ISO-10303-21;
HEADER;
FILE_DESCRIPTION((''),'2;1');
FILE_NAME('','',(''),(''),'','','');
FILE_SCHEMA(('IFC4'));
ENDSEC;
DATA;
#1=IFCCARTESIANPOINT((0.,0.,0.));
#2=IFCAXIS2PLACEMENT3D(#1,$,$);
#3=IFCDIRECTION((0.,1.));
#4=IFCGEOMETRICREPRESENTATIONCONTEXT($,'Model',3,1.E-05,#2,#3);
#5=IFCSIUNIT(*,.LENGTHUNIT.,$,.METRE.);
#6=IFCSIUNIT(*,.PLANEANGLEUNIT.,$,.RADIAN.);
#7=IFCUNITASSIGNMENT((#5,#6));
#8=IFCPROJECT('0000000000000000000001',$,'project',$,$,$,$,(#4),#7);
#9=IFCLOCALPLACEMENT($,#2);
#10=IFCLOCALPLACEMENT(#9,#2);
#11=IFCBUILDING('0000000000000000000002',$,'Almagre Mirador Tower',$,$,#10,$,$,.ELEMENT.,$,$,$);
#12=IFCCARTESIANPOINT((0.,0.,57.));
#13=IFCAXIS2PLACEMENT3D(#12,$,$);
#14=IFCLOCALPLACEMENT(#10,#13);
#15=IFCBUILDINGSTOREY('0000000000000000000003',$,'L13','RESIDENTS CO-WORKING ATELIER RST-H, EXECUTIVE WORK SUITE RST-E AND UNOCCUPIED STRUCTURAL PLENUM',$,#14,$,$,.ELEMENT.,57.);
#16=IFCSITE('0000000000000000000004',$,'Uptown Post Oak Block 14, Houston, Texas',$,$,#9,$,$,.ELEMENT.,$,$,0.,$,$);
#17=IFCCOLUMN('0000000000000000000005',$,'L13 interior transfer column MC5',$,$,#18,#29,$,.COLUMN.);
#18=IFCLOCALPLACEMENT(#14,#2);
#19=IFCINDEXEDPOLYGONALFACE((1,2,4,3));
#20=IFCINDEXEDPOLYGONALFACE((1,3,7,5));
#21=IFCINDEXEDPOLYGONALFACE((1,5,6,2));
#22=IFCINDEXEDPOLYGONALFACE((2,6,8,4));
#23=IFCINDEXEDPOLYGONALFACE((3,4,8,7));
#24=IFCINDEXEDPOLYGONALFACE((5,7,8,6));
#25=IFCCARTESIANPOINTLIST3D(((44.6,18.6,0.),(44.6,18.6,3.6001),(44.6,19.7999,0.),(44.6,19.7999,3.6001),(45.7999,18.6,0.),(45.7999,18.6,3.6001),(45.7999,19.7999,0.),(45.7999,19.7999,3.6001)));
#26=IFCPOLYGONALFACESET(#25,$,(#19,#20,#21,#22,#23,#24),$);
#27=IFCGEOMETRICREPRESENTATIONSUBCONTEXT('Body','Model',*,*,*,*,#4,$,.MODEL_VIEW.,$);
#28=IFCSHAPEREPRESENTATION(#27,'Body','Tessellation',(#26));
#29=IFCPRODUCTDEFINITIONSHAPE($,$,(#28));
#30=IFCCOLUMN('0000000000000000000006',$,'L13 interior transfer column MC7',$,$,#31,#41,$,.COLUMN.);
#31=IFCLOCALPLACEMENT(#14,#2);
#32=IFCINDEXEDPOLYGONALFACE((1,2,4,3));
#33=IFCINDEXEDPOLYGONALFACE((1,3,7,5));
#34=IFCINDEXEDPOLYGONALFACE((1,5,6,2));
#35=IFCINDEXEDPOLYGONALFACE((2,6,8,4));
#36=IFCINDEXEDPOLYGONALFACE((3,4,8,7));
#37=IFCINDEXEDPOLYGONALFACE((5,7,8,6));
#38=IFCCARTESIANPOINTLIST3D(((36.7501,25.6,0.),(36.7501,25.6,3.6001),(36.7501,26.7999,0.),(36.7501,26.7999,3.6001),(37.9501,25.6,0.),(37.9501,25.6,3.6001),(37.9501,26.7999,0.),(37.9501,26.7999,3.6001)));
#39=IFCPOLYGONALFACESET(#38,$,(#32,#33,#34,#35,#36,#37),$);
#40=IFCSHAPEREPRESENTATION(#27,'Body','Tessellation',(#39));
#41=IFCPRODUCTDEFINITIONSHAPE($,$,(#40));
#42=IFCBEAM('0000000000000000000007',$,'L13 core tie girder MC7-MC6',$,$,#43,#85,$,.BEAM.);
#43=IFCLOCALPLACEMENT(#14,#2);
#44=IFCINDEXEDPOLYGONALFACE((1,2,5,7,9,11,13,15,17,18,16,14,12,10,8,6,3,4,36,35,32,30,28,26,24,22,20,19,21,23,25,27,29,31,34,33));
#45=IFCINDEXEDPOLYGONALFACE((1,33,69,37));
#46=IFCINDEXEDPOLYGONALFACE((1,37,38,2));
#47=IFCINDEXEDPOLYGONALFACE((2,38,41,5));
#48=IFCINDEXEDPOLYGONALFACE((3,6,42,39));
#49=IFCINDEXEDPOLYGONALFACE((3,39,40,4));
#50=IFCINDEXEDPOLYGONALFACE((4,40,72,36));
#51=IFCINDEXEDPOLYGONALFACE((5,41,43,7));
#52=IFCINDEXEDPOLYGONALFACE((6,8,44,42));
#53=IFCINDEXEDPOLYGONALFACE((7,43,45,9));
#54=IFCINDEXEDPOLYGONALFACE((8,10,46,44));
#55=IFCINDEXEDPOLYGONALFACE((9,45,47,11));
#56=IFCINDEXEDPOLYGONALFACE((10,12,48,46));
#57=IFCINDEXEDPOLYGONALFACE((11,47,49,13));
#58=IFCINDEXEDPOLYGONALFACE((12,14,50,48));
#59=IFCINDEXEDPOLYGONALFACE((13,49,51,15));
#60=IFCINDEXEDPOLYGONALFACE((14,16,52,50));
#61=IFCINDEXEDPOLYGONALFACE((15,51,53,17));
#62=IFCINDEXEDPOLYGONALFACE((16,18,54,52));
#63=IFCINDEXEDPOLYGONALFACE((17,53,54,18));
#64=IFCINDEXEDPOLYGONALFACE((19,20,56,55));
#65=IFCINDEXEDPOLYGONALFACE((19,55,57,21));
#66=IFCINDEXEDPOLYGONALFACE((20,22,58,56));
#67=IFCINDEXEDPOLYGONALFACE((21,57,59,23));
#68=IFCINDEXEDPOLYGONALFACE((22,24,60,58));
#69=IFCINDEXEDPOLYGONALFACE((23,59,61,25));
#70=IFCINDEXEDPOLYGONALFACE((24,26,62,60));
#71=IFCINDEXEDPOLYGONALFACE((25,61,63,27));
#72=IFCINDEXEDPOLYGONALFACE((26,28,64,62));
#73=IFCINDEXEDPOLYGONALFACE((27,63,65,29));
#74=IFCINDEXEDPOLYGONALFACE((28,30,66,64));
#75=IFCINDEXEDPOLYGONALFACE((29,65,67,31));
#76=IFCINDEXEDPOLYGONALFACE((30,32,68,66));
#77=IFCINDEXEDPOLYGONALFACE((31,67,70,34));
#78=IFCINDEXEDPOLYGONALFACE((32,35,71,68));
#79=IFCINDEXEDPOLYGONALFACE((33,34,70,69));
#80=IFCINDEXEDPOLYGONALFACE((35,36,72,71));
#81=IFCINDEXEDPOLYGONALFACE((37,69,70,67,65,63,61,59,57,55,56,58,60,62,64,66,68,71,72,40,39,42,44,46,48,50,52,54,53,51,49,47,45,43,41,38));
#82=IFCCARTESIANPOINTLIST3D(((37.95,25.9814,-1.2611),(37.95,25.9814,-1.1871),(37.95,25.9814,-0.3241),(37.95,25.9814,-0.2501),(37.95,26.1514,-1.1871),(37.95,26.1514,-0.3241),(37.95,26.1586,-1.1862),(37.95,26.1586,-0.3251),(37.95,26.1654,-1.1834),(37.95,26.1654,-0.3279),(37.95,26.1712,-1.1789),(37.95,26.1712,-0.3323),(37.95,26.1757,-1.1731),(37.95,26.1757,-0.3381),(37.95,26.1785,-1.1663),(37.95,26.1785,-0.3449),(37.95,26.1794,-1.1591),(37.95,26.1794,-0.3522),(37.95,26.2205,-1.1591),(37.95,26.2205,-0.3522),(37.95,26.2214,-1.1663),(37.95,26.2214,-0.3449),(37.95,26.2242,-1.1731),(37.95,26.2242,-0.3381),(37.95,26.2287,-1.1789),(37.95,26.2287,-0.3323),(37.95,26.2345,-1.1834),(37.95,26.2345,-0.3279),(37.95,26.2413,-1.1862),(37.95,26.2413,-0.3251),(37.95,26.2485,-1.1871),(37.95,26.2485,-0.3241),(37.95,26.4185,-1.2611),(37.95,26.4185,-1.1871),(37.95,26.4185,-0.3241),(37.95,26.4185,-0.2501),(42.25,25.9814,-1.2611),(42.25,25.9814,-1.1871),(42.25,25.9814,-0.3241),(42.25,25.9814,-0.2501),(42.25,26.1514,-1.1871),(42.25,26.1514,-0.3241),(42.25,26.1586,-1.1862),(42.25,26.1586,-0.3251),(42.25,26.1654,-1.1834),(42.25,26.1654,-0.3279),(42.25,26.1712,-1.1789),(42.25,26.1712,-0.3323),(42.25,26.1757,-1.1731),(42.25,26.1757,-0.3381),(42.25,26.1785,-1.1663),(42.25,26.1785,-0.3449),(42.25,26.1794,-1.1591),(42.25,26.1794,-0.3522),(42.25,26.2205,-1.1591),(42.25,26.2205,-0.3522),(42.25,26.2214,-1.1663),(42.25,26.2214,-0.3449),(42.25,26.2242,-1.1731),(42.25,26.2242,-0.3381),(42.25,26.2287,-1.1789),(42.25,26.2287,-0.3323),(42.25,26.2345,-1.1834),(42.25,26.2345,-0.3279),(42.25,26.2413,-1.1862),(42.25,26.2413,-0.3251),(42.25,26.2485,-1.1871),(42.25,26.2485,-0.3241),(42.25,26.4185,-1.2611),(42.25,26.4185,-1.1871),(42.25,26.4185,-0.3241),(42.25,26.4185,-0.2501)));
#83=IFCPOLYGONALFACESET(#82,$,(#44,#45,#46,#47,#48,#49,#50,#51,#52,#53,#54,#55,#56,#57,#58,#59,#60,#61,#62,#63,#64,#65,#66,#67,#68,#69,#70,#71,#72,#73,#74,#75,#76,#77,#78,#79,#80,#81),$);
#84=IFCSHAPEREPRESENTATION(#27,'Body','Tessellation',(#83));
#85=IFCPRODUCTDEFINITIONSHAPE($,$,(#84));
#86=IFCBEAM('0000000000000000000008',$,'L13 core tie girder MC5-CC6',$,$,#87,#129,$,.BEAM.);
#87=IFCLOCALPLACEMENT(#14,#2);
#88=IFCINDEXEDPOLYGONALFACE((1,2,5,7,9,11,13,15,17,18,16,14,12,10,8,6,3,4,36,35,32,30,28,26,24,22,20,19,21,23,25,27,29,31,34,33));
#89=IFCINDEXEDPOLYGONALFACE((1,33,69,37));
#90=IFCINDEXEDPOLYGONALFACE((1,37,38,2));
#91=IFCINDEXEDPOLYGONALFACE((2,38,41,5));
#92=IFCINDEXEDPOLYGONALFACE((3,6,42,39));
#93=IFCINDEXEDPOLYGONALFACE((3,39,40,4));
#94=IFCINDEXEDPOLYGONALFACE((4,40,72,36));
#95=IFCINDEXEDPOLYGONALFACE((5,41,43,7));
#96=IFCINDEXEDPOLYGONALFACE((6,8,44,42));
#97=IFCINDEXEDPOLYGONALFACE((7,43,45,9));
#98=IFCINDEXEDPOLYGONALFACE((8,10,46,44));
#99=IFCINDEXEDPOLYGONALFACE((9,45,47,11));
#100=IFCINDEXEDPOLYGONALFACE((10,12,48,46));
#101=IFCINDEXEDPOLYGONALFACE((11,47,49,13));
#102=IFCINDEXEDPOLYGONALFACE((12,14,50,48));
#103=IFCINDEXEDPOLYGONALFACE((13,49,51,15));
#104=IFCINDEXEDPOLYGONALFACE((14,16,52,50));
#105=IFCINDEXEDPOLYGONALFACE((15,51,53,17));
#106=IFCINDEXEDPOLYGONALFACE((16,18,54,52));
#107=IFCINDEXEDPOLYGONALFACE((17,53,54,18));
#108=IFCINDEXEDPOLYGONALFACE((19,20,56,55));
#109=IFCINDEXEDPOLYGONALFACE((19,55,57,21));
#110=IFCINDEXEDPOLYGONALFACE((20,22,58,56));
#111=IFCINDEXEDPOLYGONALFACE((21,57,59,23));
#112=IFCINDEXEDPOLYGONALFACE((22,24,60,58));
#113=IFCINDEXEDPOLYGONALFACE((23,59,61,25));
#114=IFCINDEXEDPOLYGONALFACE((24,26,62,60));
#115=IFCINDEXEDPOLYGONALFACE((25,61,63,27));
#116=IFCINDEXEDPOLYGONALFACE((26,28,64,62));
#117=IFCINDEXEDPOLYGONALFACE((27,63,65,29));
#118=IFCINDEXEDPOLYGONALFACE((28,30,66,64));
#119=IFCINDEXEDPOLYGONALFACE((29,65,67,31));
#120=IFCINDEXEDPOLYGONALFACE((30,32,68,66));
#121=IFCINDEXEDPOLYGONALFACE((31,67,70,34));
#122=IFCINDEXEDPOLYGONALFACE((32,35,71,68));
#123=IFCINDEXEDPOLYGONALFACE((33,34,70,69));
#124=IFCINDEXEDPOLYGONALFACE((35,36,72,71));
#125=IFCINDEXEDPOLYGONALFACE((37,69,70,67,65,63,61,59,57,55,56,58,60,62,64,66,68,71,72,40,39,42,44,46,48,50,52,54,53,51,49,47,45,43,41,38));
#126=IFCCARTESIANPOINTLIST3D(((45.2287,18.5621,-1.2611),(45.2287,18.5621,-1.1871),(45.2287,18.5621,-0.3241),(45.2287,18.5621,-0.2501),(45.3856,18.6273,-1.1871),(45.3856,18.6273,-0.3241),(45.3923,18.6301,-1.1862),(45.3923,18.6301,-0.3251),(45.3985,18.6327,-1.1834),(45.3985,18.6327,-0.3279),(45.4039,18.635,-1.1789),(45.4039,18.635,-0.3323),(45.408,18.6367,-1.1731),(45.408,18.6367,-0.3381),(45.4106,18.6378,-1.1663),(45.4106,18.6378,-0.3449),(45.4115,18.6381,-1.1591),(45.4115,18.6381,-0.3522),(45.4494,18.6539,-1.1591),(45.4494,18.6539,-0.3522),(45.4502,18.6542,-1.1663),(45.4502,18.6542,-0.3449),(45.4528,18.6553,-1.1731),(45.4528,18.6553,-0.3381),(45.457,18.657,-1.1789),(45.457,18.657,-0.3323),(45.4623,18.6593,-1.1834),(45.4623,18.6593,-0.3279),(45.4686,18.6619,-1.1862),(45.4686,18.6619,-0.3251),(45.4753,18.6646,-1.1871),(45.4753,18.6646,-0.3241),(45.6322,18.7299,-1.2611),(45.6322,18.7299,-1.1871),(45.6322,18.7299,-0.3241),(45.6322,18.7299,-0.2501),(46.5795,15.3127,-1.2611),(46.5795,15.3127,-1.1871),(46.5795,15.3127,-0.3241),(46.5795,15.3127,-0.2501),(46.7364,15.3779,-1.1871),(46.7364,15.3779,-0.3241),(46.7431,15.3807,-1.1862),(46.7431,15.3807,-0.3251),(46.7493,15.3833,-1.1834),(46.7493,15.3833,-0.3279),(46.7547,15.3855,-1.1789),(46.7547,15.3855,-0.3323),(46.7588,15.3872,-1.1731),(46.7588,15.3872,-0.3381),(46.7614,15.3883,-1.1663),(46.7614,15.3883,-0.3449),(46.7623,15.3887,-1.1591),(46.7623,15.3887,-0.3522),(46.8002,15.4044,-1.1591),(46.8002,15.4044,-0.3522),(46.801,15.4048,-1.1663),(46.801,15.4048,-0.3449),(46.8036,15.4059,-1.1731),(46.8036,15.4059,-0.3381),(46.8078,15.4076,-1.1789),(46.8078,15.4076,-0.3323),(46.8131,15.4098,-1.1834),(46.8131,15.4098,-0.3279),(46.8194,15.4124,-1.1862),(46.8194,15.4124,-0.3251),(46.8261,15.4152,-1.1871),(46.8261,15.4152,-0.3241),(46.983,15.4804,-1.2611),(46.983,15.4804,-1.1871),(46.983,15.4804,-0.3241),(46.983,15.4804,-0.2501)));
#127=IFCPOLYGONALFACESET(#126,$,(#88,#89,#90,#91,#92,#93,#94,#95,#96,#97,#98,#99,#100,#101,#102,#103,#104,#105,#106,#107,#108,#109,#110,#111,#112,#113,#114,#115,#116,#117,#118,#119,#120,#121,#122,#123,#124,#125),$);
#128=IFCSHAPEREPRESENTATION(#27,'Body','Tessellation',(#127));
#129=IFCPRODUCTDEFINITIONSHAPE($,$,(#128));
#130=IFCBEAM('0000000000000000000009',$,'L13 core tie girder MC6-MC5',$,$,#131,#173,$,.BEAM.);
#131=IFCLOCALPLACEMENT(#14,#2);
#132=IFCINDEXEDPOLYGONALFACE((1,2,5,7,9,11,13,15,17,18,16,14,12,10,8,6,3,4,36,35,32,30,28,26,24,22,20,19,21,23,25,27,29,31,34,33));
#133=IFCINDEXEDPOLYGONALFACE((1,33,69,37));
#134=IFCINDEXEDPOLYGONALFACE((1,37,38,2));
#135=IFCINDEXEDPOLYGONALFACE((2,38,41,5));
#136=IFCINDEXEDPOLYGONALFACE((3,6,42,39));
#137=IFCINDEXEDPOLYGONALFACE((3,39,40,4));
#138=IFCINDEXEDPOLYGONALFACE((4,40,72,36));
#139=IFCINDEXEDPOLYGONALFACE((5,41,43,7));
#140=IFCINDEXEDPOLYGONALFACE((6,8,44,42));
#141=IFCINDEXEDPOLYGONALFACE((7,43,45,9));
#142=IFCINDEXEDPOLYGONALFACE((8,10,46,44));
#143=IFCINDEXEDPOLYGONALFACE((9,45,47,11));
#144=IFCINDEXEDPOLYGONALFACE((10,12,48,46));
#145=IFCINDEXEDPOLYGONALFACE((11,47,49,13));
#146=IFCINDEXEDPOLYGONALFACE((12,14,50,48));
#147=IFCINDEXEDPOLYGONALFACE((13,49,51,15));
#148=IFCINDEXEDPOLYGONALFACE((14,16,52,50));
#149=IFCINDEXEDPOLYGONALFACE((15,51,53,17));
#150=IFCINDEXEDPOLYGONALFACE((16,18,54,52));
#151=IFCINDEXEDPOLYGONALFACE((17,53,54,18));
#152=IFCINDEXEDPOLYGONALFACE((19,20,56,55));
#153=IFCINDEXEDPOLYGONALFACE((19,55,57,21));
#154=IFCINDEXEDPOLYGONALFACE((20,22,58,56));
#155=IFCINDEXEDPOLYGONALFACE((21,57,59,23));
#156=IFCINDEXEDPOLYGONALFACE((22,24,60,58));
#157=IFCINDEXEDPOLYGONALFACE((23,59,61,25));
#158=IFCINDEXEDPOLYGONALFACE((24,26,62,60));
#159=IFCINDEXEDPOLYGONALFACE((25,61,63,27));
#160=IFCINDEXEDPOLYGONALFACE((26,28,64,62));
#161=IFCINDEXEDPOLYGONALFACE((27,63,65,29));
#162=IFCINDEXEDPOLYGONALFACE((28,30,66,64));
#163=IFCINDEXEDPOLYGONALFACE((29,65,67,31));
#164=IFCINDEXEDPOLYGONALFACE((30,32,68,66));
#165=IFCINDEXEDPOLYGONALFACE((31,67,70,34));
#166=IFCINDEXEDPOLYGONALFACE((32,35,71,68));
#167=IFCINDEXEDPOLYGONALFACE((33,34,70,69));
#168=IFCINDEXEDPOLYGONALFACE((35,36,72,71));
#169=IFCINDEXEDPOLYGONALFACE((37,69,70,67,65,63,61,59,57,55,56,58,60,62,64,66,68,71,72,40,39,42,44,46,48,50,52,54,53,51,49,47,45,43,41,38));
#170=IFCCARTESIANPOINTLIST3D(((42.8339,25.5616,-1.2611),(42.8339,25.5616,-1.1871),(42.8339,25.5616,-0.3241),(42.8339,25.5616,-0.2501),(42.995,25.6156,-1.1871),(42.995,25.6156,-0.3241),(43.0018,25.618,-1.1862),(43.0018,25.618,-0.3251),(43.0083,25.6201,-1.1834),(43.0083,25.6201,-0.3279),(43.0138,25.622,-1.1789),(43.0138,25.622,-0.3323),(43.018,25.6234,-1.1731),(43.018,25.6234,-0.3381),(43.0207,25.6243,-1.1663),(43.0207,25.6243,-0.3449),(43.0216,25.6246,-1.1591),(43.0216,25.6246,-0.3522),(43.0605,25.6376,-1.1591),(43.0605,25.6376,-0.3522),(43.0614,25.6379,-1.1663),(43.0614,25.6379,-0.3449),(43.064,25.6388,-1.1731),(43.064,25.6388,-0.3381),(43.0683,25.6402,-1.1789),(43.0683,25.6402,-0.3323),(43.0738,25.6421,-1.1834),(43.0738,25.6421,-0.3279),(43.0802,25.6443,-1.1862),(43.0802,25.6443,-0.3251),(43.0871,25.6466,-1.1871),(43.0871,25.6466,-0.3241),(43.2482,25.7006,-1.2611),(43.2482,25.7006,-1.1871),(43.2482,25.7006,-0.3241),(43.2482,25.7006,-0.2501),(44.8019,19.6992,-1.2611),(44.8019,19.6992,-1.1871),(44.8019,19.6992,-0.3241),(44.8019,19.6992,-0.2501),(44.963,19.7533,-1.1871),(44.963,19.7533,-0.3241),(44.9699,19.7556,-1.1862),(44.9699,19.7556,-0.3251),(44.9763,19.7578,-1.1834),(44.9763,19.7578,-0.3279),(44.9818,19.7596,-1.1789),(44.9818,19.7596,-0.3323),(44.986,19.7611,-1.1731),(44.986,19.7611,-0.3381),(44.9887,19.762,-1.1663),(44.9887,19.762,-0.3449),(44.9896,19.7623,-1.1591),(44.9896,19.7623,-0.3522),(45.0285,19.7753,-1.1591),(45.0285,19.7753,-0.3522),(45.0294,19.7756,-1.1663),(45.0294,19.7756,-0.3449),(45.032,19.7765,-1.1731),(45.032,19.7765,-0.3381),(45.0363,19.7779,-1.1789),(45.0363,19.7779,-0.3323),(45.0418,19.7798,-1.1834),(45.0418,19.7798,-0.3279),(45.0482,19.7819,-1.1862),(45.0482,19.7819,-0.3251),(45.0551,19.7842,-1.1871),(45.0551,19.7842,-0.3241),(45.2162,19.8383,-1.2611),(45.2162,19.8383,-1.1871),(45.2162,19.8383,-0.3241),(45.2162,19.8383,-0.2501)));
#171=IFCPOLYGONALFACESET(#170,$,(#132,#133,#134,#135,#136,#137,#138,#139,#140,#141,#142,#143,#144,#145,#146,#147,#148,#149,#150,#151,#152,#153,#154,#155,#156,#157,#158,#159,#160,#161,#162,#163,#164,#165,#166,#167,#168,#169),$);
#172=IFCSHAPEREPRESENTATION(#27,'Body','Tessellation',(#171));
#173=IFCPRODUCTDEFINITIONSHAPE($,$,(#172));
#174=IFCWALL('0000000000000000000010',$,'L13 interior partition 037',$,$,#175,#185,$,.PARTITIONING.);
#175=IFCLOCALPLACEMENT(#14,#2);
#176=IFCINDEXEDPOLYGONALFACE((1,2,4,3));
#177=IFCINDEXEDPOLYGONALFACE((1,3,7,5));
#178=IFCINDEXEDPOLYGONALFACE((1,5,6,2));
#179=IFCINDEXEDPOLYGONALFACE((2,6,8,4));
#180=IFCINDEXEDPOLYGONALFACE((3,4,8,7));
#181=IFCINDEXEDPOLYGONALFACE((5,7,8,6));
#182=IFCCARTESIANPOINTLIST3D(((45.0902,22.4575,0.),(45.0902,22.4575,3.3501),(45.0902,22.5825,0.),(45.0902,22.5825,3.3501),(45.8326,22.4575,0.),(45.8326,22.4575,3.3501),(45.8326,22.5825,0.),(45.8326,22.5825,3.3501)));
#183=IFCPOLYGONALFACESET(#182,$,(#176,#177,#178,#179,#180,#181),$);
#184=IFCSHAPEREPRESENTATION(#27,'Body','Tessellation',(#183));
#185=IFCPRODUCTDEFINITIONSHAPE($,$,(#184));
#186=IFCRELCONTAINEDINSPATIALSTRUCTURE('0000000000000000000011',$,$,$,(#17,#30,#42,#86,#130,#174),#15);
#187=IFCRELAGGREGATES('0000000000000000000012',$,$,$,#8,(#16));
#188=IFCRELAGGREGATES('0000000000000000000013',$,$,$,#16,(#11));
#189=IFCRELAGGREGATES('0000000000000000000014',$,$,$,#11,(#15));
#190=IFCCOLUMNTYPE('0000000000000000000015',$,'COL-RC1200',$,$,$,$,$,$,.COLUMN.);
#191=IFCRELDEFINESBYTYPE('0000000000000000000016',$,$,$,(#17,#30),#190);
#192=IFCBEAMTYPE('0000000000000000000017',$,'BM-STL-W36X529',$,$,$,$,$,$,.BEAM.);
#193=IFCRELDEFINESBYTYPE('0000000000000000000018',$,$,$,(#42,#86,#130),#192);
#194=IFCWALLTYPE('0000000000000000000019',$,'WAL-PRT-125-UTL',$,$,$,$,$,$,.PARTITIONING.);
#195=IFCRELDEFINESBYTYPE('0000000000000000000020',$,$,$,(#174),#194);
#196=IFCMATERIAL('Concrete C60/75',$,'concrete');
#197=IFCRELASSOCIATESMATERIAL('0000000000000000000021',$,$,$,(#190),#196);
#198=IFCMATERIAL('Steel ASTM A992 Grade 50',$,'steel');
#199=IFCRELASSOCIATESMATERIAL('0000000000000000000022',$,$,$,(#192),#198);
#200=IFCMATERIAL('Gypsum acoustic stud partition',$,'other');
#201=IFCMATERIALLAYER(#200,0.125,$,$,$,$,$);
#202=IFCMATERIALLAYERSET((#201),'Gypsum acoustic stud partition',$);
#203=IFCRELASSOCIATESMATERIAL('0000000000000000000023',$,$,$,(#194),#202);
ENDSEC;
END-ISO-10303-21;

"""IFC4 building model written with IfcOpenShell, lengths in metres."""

from ifc_helpers import new_model, si_unit, direction, frame, frame_2d, origin, origin_2d, place, context, subcontext, project, spatial, rectangle, i_section, extrude, material, layer, layer_set, material_profile, profile_set, type_object, element, save


model = new_model("IFC4")

# Units and contexts
model_context = context("Model", 3, precision=1e-05, world=origin(), true_north=direction((0.0, 1.0)))
body_context = subcontext(model_context, "Body", "Model", "MODEL_VIEW")
ifc_project = project(units=[si_unit("LENGTHUNIT", "METRE"), si_unit("PLANEANGLEUNIT", "RADIAN")], contexts=[model_context])

# Site, building, storey
site_placement = place(None, origin())
site = spatial("IfcSite", under=ifc_project, at=site_placement, Name="Uptown Post Oak Block 14, Houston, Texas", CompositionType="ELEMENT", RefElevation=0.0)
building_placement = place(site_placement, origin())
building = spatial("IfcBuilding", under=site, at=building_placement, Name="Almagre Mirador Tower", CompositionType="ELEMENT")
storey_placement = place(building_placement, frame((0.0, 0.0, 57.0)))
storey = spatial("IfcBuildingStorey", under=building, at=storey_placement, Name="L13", Description="RESIDENTS CO-WORKING ATELIER RST-H, EXECUTIVE WORK SUITE RST-E AND UNOCCUPIED STRUCTURAL PLENUM", CompositionType="ELEMENT", Elevation=57.0)

# Columns
ifc_material_1 = material(Name="Concrete C60/75", Category="concrete")
ifc_material_profile_1 = material_profile(ifc_material_1, rectangle(XDim=1.2, YDim=1.2, at=origin_2d()), Name="RC1200X1200")
ifc_profile_set_1 = profile_set([ifc_material_profile_1], Name="Concrete C60/75")
column_type = type_object("IfcColumnType", Name="COL-RC1200", PredefinedType="COLUMN", material=ifc_profile_set_1)
for number, where, z_axis, x_axis, name in (
    (1, (45.2, 19.2, 0.0), (0.0, 0.0, 1.0), (1.0, 0.0, 0.0), "L13 interior transfer column MC5"),
    (2, (37.3501, 26.2, 0.0), (0.0, 0.0, 1.0), (1.0, 0.0, 0.0), "L13 interior transfer column MC7"),
):
    element("IfcColumn", number, at=place(storey_placement, frame(where, z_axis=z_axis, x_axis=x_axis)), inside=storey, type_object=column_type, Name=name, PredefinedType="COLUMN", context=body_context, shape_type="SweptSolid", body=[
        extrude(rectangle(XDim=1.2, YDim=1.2, at=origin_2d()), origin(), (0.0, 0.0, 1.0), 3.6001),
    ])

# Beams
ifc_material_2 = material(Name="Steel ASTM A992 Grade 50", Category="steel")
ifc_material_profile_2 = material_profile(ifc_material_2, i_section(OverallWidth=0.437, OverallDepth=1.011, WebThickness=0.041, FlangeThickness=0.074, FilletRadius=0.0281, at=origin_2d()), Name="W36X529")
ifc_profile_set_2 = profile_set([ifc_material_profile_2], Name="Steel ASTM A992 Grade 50")
beam_type = type_object("IfcBeamType", Name="BM-STL-W36X529", PredefinedType="BEAM", material=ifc_profile_set_2)
beam_1_placement = place(storey_placement, frame((37.95, 26.2, -0.7556), z_axis=(1.0, 0.0, 0.0), x_axis=(0.0, 1.0, 0.0)))
element("IfcBeam", 3, at=beam_1_placement, inside=storey, type_object=beam_type, Name="L13 core tie girder MC7-MC6", PredefinedType="BEAM", context=body_context, shape_type="SweptSolid", body=[
    extrude(i_section(OverallWidth=0.437, OverallDepth=1.011, WebThickness=0.041, FlangeThickness=0.074, FilletRadius=0.0281, at=origin_2d()), origin(), (0.0, 0.0, 1.0), 4.3),
])
beam_2_placement = place(storey_placement, frame((45.4304, 18.646, -0.7556), z_axis=(0.383857, -0.923393, 0.0), x_axis=(0.923393, 0.383857, 0.0)))
element("IfcBeam", 4, at=beam_2_placement, inside=storey, type_object=beam_type, Name="L13 core tie girder MC5-CC6", PredefinedType="BEAM", context=body_context, shape_type="SweptSolid", body=[
    extrude(i_section(OverallWidth=0.437, OverallDepth=1.011, WebThickness=0.041, FlangeThickness=0.074, FilletRadius=0.0281, at=origin_2d()), origin(), (0.0, 0.0, 1.0), 3.519),
])
beam_3_placement = place(storey_placement, frame((43.041, 25.6311, -0.7556), z_axis=(0.318252, -0.948006, 0.0), x_axis=(0.948006, 0.318252, 0.0)))
element("IfcBeam", 5, at=beam_3_placement, inside=storey, type_object=beam_type, Name="L13 core tie girder MC6-MC5", PredefinedType="BEAM", context=body_context, shape_type="SweptSolid", body=[
    extrude(i_section(OverallWidth=0.437, OverallDepth=1.011, WebThickness=0.041, FlangeThickness=0.074, FilletRadius=0.0281, at=origin_2d()), origin(), (0.0, 0.0, 1.0), 6.1838),
])

# Wall
ifc_material_3 = material(Name="Gypsum acoustic stud partition", Category="other")
ifc_layer_1 = layer(ifc_material_3, 0.125)
ifc_layer_set_1 = layer_set([ifc_layer_1], Name="Gypsum acoustic stud partition")
wall_type_1 = type_object("IfcWallType", Name="WAL-PRT-125-UTL", PredefinedType="PARTITIONING", material=ifc_layer_set_1)
wall_1_placement = place(storey_placement, frame((45.8325, 22.52, 0.0), z_axis=(0.0, 0.0, 1.0), x_axis=(-1.0, 0.0, 0.0)))
element("IfcWall", 6, at=wall_1_placement, inside=storey, type_object=wall_type_1, Name="L13 interior partition 037", PredefinedType="PARTITIONING", context=body_context, shape_type="SweptSolid", body=[
    extrude(rectangle(XDim=0.7424, YDim=0.125, at=frame_2d((0.3711, 0.0))), origin(), (0.0, 0.0, 1.0), 3.3501),
])

save(model, "model.ifc")
